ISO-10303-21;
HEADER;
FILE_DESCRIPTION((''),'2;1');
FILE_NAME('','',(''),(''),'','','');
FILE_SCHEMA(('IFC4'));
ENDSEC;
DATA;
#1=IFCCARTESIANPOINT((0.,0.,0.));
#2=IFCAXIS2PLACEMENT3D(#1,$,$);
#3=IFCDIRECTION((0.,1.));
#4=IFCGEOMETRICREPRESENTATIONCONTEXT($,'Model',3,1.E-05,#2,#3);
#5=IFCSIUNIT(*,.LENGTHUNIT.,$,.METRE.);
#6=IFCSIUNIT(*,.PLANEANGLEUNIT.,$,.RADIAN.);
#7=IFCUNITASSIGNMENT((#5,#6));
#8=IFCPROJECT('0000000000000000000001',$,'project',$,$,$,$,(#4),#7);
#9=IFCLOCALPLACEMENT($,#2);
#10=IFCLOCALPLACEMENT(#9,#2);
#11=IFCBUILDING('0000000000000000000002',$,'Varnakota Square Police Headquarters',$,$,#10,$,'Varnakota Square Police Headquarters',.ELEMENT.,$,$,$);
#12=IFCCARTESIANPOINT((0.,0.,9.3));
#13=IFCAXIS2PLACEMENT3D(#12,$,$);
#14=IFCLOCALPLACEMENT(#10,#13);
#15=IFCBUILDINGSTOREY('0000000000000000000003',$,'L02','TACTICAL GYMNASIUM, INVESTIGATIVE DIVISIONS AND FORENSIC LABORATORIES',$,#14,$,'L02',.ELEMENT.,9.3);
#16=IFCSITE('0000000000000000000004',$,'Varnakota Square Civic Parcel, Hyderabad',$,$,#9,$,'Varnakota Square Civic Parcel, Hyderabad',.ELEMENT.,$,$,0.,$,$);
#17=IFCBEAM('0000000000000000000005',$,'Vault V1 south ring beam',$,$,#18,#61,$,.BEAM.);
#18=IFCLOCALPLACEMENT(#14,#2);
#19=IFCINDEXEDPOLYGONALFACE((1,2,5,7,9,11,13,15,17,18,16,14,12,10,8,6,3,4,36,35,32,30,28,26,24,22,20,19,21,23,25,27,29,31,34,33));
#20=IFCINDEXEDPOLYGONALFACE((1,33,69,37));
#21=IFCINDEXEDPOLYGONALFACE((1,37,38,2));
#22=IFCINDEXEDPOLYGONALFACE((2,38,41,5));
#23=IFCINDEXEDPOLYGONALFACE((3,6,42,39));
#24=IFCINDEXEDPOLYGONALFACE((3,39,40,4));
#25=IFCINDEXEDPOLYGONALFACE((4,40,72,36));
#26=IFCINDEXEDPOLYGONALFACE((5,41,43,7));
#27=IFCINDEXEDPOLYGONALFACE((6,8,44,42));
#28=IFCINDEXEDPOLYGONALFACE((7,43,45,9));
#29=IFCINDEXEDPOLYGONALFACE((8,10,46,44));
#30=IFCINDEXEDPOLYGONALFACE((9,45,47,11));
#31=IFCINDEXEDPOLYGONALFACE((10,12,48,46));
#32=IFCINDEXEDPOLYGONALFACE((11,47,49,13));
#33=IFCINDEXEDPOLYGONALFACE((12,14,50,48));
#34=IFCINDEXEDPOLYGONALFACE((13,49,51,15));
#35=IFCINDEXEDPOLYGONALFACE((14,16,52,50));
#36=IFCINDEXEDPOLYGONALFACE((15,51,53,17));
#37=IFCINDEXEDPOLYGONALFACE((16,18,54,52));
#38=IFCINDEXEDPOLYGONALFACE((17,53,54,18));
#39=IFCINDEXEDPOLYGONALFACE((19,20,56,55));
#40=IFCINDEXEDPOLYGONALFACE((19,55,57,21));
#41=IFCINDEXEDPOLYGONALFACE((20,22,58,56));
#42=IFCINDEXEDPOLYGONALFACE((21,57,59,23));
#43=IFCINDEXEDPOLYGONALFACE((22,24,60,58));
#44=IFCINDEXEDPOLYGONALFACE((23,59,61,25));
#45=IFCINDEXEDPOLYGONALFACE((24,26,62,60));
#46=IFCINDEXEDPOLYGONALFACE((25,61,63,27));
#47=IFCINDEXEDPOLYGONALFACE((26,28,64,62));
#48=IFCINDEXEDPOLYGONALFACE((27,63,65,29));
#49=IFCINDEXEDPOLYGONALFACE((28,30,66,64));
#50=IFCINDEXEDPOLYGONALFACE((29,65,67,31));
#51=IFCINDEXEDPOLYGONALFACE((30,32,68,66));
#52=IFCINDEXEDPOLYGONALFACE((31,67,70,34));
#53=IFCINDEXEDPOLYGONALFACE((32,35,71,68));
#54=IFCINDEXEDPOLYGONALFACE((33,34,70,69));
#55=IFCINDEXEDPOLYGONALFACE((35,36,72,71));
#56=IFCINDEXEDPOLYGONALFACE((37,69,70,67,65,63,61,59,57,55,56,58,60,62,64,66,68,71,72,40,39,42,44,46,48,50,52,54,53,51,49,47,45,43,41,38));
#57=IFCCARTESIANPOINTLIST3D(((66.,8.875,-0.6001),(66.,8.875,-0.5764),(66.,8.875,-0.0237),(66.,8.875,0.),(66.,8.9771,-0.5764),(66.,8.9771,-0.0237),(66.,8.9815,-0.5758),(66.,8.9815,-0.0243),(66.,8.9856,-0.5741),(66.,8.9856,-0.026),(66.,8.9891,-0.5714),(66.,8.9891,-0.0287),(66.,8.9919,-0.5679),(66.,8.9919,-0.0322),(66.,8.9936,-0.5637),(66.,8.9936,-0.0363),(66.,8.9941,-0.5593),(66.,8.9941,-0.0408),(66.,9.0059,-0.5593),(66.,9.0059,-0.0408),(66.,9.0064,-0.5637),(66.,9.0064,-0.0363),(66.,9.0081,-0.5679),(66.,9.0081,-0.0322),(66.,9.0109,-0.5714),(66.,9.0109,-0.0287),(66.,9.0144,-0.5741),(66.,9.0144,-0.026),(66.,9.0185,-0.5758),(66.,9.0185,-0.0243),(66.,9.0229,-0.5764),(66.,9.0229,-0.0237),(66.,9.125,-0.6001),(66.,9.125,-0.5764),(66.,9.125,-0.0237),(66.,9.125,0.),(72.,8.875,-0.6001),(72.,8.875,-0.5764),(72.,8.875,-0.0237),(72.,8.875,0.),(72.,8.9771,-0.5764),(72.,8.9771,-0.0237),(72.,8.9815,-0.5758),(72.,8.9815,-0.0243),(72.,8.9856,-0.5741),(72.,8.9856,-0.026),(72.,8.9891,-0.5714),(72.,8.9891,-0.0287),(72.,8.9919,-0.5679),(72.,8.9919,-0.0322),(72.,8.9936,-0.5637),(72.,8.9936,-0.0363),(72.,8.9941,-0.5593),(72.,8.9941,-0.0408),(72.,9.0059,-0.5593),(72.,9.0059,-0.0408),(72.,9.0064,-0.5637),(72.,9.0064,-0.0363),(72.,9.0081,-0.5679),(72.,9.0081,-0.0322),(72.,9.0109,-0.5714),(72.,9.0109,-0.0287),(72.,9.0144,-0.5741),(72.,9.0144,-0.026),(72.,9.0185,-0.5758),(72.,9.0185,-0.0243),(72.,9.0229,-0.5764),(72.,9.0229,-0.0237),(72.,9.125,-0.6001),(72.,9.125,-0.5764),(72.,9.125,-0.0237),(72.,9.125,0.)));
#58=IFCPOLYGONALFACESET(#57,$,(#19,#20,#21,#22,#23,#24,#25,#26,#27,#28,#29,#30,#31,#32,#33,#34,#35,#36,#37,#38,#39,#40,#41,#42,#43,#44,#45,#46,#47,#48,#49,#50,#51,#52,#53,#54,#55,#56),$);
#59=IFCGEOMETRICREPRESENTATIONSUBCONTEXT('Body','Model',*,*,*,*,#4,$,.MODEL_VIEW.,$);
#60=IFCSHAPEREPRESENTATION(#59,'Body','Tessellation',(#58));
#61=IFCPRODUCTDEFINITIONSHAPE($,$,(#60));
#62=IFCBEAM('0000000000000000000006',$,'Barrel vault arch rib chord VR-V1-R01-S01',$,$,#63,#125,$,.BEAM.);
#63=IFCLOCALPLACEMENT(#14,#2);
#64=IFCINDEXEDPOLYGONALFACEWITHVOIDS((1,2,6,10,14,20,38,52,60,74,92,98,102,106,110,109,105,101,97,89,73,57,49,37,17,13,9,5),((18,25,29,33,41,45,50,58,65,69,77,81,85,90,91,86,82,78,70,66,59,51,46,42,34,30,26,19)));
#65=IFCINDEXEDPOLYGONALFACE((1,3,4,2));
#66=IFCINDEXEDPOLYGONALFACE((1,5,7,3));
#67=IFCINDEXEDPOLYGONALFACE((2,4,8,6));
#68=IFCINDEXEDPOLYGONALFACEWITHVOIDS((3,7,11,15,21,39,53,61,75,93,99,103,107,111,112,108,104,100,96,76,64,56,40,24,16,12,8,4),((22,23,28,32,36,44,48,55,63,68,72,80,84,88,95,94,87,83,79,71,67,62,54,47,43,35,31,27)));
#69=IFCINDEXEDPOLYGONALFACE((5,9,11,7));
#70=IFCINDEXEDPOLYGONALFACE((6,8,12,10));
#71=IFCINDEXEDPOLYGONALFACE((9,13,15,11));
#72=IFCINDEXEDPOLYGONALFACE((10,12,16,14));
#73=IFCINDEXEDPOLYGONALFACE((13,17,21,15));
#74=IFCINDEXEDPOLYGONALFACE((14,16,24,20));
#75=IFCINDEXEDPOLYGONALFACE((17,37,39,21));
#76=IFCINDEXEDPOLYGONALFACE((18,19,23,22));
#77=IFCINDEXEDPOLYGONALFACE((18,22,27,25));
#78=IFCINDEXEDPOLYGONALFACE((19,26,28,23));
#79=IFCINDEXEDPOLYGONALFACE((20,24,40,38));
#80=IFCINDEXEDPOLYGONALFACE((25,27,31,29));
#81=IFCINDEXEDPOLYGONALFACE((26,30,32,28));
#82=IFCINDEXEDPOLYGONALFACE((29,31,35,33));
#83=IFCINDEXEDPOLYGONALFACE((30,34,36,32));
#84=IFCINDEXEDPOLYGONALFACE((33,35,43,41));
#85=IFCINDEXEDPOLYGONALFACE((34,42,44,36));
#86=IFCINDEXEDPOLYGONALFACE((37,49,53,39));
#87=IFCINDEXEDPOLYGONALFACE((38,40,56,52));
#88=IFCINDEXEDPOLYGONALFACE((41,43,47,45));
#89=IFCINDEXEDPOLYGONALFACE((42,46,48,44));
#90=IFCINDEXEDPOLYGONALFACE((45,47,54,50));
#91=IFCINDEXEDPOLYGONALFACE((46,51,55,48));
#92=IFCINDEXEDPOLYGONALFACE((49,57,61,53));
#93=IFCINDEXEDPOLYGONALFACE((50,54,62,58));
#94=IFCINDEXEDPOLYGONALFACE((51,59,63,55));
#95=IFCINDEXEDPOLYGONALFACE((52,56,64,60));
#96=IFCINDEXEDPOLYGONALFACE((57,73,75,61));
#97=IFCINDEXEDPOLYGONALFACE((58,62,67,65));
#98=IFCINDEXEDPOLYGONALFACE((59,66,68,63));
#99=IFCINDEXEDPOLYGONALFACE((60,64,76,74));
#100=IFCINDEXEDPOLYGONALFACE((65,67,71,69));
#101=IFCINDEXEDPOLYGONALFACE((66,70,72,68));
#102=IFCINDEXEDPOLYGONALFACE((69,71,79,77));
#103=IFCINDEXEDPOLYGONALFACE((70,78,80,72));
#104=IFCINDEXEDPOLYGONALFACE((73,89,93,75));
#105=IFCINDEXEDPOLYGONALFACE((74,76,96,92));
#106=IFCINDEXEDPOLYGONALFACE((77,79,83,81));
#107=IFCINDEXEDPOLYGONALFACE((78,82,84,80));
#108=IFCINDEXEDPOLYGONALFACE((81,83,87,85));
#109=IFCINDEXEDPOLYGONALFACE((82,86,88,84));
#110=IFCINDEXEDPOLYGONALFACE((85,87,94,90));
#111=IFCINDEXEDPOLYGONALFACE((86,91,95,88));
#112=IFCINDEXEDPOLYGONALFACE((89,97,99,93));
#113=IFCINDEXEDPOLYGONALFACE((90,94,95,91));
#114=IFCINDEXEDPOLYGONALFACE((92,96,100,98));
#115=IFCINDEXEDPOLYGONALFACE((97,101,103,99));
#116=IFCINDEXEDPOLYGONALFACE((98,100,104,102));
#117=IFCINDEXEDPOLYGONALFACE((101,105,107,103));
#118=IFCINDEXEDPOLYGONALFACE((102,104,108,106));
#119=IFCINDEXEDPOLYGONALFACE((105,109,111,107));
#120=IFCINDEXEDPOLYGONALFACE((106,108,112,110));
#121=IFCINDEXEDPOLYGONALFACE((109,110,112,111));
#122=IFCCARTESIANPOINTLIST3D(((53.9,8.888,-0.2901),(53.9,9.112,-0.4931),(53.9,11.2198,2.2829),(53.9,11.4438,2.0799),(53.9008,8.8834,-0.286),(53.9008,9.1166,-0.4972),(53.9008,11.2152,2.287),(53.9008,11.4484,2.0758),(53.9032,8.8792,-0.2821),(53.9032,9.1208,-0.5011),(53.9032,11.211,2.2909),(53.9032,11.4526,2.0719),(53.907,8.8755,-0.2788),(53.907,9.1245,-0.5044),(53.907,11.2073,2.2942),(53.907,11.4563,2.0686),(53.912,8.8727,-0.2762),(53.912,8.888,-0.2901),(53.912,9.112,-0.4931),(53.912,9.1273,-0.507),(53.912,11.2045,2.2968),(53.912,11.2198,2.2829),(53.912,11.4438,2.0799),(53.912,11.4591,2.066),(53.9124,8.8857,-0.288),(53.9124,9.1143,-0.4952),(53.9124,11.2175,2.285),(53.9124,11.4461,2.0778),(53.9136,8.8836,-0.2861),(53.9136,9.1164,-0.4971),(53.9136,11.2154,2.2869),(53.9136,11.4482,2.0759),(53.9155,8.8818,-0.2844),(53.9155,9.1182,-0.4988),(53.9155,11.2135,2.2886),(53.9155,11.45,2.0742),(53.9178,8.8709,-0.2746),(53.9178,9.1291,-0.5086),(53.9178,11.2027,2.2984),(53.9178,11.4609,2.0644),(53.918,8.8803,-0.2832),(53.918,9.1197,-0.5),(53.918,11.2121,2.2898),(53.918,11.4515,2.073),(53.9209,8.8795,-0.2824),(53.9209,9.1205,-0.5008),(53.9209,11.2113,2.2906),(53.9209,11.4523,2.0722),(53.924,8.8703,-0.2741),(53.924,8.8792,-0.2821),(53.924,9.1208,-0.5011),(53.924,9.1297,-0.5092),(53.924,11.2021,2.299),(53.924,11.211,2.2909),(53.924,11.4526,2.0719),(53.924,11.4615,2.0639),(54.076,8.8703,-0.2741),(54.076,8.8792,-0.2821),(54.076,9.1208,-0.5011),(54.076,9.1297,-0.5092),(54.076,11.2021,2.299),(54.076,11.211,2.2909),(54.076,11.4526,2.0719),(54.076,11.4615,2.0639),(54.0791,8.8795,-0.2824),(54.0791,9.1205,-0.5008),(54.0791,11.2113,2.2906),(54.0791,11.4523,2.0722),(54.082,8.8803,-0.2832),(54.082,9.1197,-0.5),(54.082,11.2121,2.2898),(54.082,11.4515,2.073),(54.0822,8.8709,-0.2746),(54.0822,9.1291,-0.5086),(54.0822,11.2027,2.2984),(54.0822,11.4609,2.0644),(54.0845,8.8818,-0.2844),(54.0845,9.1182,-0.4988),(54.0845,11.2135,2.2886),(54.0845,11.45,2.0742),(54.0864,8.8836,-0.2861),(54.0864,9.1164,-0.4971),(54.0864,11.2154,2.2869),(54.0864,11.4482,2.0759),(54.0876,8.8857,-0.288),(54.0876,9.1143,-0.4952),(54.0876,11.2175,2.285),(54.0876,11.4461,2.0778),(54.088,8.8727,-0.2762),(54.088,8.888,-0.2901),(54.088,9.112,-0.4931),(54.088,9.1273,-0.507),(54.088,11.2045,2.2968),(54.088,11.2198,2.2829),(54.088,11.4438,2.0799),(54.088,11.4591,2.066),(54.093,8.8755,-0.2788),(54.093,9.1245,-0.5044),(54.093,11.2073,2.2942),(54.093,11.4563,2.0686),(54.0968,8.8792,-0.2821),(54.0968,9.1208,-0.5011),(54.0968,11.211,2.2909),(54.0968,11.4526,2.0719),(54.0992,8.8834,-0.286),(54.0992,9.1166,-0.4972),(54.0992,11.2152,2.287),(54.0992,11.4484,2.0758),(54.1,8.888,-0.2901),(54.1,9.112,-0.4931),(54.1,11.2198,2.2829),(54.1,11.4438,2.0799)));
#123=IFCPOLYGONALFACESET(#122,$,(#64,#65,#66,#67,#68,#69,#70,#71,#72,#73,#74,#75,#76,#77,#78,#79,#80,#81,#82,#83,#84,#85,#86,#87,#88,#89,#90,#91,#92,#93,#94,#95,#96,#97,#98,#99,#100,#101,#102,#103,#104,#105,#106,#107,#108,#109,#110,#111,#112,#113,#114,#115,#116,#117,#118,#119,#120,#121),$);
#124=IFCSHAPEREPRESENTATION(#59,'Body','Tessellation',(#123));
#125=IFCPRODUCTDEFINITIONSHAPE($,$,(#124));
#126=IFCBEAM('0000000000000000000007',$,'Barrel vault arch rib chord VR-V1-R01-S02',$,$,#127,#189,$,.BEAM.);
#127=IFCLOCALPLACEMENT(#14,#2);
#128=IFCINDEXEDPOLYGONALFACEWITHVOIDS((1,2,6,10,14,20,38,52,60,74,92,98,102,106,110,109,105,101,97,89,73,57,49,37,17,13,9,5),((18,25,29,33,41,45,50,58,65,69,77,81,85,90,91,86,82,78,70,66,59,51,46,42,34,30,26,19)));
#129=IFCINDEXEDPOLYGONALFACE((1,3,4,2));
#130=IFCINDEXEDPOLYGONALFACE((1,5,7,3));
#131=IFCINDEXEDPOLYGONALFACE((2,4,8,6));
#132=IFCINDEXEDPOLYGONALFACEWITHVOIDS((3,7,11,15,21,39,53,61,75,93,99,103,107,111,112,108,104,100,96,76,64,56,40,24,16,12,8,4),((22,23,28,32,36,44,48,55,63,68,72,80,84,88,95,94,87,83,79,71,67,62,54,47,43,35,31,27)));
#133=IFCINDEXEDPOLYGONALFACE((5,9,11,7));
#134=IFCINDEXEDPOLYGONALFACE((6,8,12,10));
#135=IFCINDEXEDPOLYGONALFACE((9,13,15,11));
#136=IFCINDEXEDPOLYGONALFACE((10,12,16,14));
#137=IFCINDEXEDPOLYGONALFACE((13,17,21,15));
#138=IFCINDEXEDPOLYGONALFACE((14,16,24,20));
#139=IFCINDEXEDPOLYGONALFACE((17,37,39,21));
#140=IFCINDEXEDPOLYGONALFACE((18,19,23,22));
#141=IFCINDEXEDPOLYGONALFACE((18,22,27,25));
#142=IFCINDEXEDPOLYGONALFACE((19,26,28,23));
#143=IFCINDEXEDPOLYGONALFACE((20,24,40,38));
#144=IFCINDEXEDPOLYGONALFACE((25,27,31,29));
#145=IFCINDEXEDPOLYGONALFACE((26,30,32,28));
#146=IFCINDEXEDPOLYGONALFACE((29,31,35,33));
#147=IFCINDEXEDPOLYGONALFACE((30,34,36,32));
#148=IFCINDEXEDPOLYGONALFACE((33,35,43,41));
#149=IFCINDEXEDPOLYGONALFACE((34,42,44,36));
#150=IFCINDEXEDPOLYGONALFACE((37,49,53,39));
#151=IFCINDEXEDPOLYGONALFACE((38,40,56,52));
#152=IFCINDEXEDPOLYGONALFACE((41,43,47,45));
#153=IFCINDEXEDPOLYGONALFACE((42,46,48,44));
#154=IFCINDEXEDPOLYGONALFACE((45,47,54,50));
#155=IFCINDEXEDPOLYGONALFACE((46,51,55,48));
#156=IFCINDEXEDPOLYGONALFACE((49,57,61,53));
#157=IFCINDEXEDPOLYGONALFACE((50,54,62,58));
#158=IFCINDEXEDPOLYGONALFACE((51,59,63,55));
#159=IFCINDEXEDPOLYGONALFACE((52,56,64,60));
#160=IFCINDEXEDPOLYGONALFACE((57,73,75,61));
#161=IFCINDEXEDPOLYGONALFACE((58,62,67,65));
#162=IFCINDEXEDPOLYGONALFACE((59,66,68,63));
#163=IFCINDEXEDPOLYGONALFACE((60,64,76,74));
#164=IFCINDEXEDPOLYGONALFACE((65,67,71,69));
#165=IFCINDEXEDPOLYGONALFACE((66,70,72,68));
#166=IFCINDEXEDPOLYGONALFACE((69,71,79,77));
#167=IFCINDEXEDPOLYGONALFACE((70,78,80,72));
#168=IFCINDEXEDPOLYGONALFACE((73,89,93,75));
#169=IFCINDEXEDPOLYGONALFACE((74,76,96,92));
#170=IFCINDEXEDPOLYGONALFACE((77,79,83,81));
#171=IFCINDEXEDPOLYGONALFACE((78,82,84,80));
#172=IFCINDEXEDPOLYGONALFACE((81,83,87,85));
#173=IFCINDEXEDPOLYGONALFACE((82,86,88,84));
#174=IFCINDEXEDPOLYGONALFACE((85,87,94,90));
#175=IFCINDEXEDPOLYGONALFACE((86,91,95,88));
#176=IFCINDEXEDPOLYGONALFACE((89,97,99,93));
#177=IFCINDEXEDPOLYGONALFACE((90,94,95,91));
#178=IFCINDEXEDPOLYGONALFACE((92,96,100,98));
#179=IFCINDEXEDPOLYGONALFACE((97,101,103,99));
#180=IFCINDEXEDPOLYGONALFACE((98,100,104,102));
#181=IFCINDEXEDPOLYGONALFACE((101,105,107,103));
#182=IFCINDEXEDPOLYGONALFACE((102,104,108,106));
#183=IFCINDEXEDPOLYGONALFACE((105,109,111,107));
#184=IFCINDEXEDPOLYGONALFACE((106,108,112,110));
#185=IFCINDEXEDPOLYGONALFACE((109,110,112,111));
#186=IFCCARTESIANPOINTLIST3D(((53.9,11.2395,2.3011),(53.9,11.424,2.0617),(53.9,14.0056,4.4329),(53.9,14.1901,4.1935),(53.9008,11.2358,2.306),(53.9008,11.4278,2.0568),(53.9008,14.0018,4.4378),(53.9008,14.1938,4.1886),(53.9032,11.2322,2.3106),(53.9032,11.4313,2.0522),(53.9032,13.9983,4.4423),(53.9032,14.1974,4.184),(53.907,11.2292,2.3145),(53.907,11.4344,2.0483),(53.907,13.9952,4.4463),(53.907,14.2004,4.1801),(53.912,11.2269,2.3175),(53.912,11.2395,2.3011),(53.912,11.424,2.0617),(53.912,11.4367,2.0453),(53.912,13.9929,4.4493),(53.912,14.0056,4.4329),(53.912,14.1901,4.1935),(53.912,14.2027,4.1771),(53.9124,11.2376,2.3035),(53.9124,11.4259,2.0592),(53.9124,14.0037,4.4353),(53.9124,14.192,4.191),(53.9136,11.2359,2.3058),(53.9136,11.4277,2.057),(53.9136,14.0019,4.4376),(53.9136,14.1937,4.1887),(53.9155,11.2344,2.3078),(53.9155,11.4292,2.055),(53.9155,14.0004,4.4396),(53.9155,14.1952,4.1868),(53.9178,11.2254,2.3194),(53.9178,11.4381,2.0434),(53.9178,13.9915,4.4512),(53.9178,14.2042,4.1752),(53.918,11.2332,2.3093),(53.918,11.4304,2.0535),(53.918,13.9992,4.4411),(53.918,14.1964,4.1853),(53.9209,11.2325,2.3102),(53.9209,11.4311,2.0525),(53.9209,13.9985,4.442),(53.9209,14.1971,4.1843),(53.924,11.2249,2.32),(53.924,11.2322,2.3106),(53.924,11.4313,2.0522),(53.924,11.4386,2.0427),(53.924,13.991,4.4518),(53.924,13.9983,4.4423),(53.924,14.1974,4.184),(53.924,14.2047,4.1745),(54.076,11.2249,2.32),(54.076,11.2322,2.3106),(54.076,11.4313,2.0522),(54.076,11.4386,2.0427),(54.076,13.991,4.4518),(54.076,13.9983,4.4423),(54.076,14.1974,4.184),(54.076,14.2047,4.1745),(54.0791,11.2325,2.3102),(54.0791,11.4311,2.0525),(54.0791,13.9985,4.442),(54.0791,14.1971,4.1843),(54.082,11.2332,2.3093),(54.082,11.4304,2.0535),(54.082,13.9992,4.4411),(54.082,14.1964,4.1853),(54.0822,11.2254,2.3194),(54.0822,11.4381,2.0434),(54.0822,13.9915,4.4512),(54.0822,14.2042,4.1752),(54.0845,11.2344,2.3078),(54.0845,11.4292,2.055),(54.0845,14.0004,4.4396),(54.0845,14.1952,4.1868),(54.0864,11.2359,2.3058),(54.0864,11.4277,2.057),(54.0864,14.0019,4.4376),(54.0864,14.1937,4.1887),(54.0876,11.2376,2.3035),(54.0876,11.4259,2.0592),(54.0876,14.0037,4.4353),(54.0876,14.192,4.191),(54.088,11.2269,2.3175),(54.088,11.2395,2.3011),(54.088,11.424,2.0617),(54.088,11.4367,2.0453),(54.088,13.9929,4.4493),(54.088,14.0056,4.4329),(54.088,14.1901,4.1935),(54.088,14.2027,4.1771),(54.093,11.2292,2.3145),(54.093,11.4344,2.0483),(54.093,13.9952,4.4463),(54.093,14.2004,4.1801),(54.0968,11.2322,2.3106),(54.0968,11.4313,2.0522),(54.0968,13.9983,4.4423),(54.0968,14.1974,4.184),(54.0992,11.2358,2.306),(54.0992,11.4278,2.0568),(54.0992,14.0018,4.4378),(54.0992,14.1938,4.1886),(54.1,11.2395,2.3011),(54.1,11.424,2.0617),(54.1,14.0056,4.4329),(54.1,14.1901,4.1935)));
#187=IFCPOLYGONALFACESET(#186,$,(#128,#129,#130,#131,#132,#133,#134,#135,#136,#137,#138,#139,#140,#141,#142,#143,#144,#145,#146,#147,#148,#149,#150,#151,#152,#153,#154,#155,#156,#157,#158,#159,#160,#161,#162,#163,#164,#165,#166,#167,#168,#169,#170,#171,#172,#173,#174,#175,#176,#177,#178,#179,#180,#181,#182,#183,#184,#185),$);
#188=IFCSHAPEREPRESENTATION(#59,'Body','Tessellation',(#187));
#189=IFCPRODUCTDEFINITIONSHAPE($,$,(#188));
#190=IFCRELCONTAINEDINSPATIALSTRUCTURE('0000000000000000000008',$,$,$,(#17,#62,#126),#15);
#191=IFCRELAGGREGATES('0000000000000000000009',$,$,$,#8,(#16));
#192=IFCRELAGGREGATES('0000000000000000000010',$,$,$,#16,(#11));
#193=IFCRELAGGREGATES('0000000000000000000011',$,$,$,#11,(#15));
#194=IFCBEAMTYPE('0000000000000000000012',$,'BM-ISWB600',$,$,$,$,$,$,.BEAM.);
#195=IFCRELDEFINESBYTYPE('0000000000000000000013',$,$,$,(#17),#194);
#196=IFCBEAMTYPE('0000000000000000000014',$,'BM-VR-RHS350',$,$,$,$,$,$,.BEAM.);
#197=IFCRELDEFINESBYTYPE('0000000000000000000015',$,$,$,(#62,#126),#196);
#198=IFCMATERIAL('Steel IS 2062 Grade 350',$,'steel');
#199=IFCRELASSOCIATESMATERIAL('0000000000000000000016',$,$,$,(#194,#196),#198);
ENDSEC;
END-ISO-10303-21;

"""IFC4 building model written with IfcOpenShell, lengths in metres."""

from ifc_helpers import new_model, si_unit, direction, frame, origin, origin_2d, place, context, subcontext, project, spatial, hollow_rectangle, i_section, extrude, material, material_profile, profile_set, type_object, element, save


model = new_model("IFC4")

# Units and contexts
model_context = context("Model", 3, precision=1e-05, world=origin(), true_north=direction((0.0, 1.0)))
body_context = subcontext(model_context, "Body", "Model", "MODEL_VIEW")
ifc_project = project(units=[si_unit("LENGTHUNIT", "METRE"), si_unit("PLANEANGLEUNIT", "RADIAN")], contexts=[model_context])

# Site, building, storey
site_placement = place(None, origin())
site = spatial("IfcSite", under=ifc_project, at=site_placement, Name="Varnakota Square Civic Parcel, Hyderabad", LongName="Varnakota Square Civic Parcel, Hyderabad", CompositionType="ELEMENT", RefElevation=0.0)
building_placement = place(site_placement, origin())
building = spatial("IfcBuilding", under=site, at=building_placement, Name="Varnakota Square Police Headquarters", LongName="Varnakota Square Police Headquarters", CompositionType="ELEMENT")
storey_placement = place(building_placement, frame((0.0, 0.0, 9.3)))
storey = spatial("IfcBuildingStorey", under=building, at=storey_placement, Name="L02", Description="TACTICAL GYMNASIUM, INVESTIGATIVE DIVISIONS AND FORENSIC LABORATORIES", LongName="L02", CompositionType="ELEMENT", Elevation=9.3)

# Shared definitions
ifc_material_1 = material(Name="Steel IS 2062 Grade 350", Category="steel")

# Beams
ifc_material_profile_1 = material_profile(ifc_material_1, i_section(OverallWidth=0.25, OverallDepth=0.6001, WebThickness=0.0117, FlangeThickness=0.0237, FilletRadius=0.0171, at=origin_2d()), Name="ISWB 600")
ifc_profile_set_1 = profile_set([ifc_material_profile_1], Name="Steel IS 2062 Grade 350")
beam_type_1 = type_object("IfcBeamType", Name="BM-ISWB600", PredefinedType="BEAM", material=ifc_profile_set_1)
for number, where, z_axis, x_axis, name in (
    (1, (66.0, 9.0, -0.3), (1.0, 0.0, 0.0), (0.0, 1.0, 0.0), "Vault V1 south ring beam"),
):
    element("IfcBeam", number, at=place(storey_placement, frame(where, z_axis=z_axis, x_axis=x_axis)), inside=storey, type_object=beam_type_1, Name=name, PredefinedType="BEAM", context=body_context, shape_type="SweptSolid", body=[
        extrude(i_section(OverallWidth=0.25, OverallDepth=0.6001, WebThickness=0.0117, FlangeThickness=0.0237, FilletRadius=0.0171, at=origin_2d()), origin(), (0.0, 0.0, 1.0), 6.0),
    ])
ifc_material_profile_2 = material_profile(ifc_material_1, hollow_rectangle(XDim=0.2, YDim=0.3501, WallThickness=0.012, InnerFilletRadius=0.012, OuterFilletRadius=0.0239, at=origin_2d()), Name="RHS 350x200x12")
ifc_profile_set_2 = profile_set([ifc_material_profile_2], Name="Steel IS 2062 Grade 350")
beam_type_2 = type_object("IfcBeamType", Name="BM-VR-RHS350", PredefinedType="BEAM", material=ifc_profile_set_2)
beam_1_placement = place(storey_placement, frame((54.0, 9.0, -0.3916), z_axis=(0.0, 0.671521, 0.740986), x_axis=(-1.0, 0.0, 0.0)))
element("IfcBeam", 2, at=beam_1_placement, inside=storey, type_object=beam_type_2, Name="Barrel vault arch rib chord VR-V1-R01-S01", PredefinedType="BEAM", context=body_context, shape_type="SweptSolid", body=[
    extrude(hollow_rectangle(XDim=0.2, YDim=0.3501, WallThickness=0.012, InnerFilletRadius=0.012, OuterFilletRadius=0.0239, at=origin_2d()), origin(), (0.0, 0.0, 1.0), 3.4724),
])
beam_2_placement = place(storey_placement, frame((54.0, 11.3318, 2.1814), z_axis=(0.0, 0.792062, 0.61044), x_axis=(-1.0, 0.0, 0.0)))
element("IfcBeam", 3, at=beam_2_placement, inside=storey, type_object=beam_type_2, Name="Barrel vault arch rib chord VR-V1-R01-S02", PredefinedType="BEAM", context=body_context, shape_type="SweptSolid", body=[
    extrude(hollow_rectangle(XDim=0.2, YDim=0.3501, WallThickness=0.012, InnerFilletRadius=0.012, OuterFilletRadius=0.0239, at=origin_2d()), origin(), (0.0, 0.0, 1.0), 3.4922),
])

save(model, "model.ifc")
